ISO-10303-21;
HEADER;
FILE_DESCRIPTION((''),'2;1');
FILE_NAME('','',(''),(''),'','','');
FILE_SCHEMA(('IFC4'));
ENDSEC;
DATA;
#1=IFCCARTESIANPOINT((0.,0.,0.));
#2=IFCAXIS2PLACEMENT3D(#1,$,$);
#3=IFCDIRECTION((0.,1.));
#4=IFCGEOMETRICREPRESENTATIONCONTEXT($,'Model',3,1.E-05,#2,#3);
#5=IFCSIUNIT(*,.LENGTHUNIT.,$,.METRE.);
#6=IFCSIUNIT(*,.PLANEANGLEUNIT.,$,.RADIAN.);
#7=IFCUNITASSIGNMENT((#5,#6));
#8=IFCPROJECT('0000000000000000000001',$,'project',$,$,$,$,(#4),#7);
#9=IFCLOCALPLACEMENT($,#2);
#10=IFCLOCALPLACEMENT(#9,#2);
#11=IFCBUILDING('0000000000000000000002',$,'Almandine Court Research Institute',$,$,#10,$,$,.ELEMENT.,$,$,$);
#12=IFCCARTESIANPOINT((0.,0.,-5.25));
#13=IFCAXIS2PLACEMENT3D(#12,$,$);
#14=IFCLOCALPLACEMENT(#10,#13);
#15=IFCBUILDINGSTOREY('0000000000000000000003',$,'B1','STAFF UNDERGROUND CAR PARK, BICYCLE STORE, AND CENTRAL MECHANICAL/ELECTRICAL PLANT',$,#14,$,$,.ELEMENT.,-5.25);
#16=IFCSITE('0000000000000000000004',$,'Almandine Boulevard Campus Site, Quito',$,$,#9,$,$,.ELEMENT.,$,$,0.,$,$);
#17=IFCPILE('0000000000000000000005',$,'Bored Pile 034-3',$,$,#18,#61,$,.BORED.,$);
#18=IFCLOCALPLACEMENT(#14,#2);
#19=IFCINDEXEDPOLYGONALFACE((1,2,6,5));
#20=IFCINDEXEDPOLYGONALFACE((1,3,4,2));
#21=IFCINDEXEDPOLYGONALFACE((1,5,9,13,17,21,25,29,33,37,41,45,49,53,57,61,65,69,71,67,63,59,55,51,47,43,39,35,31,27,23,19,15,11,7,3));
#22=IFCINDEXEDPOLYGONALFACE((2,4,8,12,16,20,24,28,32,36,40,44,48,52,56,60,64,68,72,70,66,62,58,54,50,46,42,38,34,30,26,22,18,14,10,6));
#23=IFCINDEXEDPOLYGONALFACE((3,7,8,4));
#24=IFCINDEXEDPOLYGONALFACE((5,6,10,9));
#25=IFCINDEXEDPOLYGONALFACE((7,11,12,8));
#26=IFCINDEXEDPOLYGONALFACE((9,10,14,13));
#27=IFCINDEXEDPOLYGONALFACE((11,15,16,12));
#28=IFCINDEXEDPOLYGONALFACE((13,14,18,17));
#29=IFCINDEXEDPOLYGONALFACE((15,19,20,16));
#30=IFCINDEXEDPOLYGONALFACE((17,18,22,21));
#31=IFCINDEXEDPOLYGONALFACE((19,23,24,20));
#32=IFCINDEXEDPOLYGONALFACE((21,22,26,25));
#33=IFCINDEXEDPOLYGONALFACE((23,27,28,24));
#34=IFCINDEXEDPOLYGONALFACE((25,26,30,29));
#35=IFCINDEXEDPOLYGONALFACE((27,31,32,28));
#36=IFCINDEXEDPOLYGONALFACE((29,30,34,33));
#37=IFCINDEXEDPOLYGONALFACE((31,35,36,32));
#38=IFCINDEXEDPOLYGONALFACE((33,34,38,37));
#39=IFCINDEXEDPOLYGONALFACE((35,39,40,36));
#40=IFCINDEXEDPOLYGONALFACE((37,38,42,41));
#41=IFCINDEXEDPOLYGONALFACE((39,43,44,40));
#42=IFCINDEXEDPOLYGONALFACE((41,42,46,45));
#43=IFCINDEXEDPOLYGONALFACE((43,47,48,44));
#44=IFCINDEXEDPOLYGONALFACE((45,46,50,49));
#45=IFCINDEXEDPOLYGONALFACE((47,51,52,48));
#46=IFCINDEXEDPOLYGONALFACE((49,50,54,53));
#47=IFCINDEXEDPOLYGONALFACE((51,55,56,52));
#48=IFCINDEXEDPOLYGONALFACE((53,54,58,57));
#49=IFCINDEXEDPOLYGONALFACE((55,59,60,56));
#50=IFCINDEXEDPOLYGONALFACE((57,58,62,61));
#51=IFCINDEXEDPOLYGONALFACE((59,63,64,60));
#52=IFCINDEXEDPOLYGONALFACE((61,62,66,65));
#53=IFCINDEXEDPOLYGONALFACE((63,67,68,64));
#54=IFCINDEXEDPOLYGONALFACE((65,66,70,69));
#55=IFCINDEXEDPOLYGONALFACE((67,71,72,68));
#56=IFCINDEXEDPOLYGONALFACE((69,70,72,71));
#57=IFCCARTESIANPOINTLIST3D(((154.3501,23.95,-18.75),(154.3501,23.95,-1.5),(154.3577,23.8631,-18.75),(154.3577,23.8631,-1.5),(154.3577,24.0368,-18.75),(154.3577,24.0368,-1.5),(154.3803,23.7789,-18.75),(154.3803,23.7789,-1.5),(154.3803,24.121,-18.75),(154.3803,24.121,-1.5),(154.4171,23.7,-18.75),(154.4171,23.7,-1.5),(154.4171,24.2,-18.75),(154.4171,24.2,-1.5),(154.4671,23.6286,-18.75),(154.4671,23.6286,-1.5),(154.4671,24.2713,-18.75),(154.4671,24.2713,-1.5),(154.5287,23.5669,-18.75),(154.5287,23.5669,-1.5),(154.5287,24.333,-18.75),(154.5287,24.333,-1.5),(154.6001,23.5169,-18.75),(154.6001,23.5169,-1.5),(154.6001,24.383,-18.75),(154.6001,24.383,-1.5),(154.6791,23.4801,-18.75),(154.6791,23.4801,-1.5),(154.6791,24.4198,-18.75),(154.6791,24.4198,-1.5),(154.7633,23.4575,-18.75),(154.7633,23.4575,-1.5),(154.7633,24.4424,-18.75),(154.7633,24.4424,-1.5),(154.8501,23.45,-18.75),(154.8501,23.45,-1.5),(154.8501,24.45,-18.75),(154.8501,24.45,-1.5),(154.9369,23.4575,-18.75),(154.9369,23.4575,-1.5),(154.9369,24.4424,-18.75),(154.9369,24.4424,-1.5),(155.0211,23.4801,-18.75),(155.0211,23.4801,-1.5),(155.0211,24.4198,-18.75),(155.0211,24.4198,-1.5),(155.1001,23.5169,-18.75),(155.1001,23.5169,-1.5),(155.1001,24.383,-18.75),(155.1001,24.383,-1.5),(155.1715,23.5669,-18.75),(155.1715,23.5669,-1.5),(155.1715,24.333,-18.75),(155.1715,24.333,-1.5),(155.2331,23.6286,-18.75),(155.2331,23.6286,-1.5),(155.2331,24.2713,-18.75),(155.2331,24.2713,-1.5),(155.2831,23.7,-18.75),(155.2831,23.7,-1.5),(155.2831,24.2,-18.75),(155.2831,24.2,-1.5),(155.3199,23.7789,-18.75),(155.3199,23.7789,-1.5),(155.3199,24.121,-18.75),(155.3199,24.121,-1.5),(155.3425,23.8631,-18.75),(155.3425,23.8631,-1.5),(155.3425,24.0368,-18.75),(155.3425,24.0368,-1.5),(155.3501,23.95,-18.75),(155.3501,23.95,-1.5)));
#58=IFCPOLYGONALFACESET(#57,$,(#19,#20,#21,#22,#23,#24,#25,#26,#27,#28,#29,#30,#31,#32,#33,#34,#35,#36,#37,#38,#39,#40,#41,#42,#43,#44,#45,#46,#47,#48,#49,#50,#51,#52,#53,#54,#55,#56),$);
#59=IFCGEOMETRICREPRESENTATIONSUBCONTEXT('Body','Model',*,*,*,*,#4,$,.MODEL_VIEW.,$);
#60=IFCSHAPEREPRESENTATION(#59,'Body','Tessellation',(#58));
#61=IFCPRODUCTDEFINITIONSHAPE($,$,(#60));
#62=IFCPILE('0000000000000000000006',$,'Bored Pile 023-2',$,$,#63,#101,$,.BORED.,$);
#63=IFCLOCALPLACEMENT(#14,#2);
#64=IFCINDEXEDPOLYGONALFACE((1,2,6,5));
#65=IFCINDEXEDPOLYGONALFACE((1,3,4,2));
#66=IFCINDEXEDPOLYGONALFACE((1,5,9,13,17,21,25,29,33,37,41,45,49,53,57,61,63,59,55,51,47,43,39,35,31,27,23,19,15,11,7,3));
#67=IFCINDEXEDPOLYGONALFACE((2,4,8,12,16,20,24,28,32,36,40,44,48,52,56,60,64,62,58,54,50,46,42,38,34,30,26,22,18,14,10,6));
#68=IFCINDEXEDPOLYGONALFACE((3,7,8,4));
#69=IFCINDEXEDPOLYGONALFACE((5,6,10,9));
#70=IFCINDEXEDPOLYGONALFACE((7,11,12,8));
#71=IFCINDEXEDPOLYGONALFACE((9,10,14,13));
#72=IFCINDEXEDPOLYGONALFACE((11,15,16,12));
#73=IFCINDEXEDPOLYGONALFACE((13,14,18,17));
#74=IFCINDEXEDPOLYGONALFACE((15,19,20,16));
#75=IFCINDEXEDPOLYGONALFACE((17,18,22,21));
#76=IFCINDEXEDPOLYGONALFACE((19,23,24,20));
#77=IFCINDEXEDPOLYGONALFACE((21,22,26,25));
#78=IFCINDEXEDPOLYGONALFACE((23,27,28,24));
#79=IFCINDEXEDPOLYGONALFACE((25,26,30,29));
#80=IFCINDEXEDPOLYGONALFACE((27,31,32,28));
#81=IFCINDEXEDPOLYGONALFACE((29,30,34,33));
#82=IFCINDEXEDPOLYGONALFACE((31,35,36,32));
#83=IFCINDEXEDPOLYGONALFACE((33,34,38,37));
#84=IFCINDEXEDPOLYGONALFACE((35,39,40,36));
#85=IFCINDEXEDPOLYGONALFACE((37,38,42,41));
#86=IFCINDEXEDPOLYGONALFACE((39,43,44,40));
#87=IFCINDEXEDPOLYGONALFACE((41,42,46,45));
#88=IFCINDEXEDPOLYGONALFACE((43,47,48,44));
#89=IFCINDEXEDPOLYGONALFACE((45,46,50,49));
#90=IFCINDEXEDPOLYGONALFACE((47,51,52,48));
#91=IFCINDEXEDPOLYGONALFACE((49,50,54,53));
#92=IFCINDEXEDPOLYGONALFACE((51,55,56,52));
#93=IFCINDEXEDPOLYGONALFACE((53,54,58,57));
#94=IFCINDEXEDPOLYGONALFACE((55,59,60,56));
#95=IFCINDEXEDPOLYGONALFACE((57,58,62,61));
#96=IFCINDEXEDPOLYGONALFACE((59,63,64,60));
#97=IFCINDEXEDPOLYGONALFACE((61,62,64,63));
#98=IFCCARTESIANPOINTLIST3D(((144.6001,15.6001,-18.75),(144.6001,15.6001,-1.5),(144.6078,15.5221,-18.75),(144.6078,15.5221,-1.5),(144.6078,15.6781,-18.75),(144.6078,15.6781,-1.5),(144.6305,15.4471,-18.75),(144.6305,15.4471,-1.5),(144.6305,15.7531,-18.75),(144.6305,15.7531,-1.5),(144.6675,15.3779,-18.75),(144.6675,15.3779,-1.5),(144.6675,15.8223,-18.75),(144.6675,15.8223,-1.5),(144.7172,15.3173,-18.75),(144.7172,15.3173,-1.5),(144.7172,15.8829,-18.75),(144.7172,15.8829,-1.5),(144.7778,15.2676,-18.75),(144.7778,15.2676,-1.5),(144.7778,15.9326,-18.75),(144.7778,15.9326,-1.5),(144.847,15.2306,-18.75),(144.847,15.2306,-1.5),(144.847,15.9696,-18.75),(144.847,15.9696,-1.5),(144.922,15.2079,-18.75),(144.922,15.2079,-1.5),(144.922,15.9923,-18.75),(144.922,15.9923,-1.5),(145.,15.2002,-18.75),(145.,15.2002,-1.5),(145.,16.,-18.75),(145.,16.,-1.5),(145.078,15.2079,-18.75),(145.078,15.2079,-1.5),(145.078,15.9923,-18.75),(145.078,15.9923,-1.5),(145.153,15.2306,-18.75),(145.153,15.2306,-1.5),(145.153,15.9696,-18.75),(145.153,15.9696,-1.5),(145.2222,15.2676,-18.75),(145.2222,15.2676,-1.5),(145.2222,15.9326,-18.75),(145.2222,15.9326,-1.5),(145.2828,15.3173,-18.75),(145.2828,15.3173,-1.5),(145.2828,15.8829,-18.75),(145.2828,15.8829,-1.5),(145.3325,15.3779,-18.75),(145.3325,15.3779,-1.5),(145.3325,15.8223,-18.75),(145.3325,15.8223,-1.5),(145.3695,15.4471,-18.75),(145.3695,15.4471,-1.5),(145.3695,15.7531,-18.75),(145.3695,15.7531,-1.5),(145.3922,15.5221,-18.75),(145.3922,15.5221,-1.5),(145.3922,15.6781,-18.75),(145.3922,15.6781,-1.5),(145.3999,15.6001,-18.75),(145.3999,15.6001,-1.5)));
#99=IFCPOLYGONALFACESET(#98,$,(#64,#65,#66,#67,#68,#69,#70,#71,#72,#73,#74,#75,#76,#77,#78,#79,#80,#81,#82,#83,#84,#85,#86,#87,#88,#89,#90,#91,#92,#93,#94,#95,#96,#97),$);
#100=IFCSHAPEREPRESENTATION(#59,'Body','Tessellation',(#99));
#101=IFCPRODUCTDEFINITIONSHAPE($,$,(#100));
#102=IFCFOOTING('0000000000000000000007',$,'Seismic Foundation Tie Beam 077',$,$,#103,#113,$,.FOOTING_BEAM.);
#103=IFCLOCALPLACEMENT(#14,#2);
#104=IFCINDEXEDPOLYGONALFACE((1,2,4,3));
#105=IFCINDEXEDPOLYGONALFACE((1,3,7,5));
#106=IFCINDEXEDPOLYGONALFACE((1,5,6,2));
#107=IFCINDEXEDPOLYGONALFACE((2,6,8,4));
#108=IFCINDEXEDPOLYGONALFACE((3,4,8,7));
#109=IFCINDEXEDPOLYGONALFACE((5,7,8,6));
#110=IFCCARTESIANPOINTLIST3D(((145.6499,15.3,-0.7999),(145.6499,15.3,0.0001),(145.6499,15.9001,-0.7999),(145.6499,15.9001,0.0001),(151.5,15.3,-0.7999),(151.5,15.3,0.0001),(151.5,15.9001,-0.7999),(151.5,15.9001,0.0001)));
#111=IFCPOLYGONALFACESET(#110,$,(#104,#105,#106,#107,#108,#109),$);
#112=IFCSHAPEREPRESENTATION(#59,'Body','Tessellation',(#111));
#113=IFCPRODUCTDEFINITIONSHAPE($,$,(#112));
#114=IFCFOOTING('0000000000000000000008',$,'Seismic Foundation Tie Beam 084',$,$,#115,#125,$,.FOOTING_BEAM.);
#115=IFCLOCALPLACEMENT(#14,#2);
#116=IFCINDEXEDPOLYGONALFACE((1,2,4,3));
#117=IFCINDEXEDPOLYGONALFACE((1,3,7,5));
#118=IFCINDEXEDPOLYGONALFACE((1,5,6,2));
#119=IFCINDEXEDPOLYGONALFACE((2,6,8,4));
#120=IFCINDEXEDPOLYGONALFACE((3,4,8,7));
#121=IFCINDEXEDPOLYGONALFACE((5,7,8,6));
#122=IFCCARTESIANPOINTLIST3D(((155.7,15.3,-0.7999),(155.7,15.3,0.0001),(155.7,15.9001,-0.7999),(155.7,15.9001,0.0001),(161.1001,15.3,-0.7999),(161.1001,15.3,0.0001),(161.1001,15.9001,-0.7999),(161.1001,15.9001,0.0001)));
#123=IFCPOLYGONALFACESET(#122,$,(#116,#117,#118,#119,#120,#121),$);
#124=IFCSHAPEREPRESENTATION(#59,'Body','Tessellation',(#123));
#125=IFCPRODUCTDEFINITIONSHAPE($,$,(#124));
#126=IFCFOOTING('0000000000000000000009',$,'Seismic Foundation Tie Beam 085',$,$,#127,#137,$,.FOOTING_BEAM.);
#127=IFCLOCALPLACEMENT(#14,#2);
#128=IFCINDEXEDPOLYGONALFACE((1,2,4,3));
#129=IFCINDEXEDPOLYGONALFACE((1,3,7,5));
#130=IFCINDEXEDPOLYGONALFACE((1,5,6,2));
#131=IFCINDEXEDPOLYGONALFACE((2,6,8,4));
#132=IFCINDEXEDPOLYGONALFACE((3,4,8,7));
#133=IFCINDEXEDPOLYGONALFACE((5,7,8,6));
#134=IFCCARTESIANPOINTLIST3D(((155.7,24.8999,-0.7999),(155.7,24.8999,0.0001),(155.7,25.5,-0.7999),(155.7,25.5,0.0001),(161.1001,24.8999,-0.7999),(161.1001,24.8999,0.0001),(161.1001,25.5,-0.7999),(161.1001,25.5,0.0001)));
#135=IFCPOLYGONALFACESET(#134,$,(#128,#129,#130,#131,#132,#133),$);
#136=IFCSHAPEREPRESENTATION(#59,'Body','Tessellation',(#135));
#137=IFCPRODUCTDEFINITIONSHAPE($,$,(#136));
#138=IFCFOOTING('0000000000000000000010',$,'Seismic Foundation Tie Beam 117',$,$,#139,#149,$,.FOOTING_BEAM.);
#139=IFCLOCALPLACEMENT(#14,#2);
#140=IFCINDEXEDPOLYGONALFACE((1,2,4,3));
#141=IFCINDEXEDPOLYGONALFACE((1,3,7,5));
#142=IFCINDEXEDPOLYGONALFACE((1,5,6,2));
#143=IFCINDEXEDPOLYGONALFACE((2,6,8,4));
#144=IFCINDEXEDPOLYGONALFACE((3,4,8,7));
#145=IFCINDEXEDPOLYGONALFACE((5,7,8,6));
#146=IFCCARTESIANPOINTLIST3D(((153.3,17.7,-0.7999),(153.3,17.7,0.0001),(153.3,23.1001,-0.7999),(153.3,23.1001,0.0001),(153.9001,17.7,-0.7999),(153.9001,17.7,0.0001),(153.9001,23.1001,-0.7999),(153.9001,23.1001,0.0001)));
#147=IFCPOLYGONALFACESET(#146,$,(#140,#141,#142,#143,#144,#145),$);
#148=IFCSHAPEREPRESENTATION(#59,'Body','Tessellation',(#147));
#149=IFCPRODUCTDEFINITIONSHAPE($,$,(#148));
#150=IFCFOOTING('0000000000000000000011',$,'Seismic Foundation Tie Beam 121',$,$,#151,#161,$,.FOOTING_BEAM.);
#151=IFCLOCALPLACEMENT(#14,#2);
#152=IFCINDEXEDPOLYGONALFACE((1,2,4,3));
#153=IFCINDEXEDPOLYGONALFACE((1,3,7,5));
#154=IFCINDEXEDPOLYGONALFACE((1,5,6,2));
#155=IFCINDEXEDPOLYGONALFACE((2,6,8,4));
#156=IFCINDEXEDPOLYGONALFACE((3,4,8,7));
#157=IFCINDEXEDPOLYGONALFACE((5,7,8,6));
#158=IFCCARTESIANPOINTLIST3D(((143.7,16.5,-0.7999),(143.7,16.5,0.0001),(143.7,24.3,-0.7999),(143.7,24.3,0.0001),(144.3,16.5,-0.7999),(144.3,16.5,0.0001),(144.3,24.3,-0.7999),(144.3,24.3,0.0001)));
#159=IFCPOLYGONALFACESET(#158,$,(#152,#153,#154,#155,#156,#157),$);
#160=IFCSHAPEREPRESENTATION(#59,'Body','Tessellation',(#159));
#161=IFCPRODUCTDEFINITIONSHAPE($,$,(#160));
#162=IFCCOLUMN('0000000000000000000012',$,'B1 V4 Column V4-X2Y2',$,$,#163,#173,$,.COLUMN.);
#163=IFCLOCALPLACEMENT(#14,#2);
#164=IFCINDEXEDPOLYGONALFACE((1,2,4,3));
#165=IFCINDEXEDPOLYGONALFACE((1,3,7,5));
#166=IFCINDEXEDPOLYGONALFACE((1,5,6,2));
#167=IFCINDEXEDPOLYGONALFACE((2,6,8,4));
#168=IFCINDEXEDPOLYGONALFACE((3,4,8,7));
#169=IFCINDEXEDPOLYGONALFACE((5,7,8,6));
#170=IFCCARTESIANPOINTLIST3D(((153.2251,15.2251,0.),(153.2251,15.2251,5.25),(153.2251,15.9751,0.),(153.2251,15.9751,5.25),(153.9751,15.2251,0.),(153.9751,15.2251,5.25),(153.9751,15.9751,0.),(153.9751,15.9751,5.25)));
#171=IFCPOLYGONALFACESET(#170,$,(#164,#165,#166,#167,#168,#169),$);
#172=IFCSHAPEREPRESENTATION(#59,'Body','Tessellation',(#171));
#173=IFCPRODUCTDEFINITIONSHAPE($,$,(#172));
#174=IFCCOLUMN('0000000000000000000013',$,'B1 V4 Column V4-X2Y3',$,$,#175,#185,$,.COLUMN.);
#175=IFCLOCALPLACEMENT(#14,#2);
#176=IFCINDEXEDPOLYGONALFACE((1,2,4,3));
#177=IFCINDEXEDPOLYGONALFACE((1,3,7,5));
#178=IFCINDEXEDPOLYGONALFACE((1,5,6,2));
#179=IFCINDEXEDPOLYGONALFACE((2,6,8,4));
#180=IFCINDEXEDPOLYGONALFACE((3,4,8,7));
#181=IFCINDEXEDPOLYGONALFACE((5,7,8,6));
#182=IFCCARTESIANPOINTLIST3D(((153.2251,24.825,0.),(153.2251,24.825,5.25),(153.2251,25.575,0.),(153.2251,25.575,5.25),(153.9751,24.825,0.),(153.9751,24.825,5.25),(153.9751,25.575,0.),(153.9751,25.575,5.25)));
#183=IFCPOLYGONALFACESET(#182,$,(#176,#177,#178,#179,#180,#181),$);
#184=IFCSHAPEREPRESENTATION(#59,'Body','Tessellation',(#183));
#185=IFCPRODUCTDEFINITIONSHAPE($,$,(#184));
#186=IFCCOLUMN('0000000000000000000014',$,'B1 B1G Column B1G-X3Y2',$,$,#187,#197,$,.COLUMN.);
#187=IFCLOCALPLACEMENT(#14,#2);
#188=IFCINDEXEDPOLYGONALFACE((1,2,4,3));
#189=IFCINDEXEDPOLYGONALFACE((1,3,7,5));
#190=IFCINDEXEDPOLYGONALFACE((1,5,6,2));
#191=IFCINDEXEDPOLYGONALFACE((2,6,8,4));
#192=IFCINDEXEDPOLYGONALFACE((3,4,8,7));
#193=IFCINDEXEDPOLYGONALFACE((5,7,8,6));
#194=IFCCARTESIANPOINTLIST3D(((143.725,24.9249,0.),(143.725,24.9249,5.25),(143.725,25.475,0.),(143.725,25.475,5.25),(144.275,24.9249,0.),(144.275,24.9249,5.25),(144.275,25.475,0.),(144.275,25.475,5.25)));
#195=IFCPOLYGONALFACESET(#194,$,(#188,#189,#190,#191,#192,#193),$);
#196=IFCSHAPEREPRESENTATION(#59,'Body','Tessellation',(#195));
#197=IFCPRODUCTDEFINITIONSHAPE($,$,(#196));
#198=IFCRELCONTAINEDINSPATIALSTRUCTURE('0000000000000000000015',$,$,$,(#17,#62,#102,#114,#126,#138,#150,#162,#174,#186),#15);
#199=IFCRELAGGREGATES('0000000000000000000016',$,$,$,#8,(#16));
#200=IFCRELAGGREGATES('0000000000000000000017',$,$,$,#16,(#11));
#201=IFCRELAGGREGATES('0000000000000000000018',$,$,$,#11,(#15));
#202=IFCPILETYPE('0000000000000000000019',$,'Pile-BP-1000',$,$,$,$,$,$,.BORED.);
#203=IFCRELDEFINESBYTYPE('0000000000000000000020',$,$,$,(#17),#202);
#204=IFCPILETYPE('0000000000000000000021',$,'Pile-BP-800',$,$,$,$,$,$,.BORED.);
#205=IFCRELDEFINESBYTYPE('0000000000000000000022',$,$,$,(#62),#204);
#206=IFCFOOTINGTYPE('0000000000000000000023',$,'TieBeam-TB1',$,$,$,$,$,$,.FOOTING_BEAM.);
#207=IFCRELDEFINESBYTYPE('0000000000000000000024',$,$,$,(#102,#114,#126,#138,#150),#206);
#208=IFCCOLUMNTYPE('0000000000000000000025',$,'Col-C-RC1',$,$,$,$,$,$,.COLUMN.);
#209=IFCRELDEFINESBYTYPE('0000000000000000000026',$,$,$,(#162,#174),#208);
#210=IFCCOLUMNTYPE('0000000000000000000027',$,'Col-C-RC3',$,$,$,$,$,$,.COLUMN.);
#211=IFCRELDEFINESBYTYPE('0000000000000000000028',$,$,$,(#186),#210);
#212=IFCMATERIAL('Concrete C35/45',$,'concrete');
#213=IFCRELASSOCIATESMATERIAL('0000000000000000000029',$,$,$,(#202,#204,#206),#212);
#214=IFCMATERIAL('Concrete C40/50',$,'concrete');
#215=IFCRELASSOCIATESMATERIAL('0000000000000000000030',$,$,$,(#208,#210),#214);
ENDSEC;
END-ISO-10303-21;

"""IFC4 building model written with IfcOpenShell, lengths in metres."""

from ifc_helpers import new_model, si_unit, direction, frame, origin, origin_2d, place, context, subcontext, project, spatial, rectangle, circle, extrude, material, material_profile, profile_set, type_object, element, save


model = new_model("IFC4")

# Units and contexts
model_context = context("Model", 3, precision=1e-05, world=origin(), true_north=direction((0.0, 1.0)))
body_context = subcontext(model_context, "Body", "Model", "MODEL_VIEW")
ifc_project = project(units=[si_unit("LENGTHUNIT", "METRE"), si_unit("PLANEANGLEUNIT", "RADIAN")], contexts=[model_context])

# Site, building, storey
site_placement = place(None, origin())
site = spatial("IfcSite", under=ifc_project, at=site_placement, Name="Almandine Boulevard Campus Site, Quito", CompositionType="ELEMENT", RefElevation=0.0)
building_placement = place(site_placement, origin())
building = spatial("IfcBuilding", under=site, at=building_placement, Name="Almandine Court Research Institute", CompositionType="ELEMENT")
storey_placement = place(building_placement, frame((0.0, 0.0, -5.25)))
storey = spatial("IfcBuildingStorey", under=building, at=storey_placement, Name="B1", Description="STAFF UNDERGROUND CAR PARK, BICYCLE STORE, AND CENTRAL MECHANICAL/ELECTRICAL PLANT", CompositionType="ELEMENT", Elevation=-5.25)

# Shared definitions
ifc_material_1 = material(Name="Concrete C35/45", Category="concrete")

# Piles
ifc_material_profile_1 = material_profile(ifc_material_1, circle(Radius=0.5, at=origin_2d()), Name="BORED PILE D1000")
ifc_profile_set_1 = profile_set([ifc_material_profile_1], Name="Concrete C35/45")
pile_type_1 = type_object("IfcPileType", Name="Pile-BP-1000", PredefinedType="BORED", material=ifc_profile_set_1)
for number, where, z_axis, x_axis, name in (
    (1, (154.8501, 23.95, -1.5), (0.0, 0.0, -1.0), (1.0, 0.0, 0.0), "Bored Pile 034-3"),
):
    element("IfcPile", number, at=place(storey_placement, frame(where, z_axis=z_axis, x_axis=x_axis)), inside=storey, type_object=pile_type_1, Name=name, PredefinedType="BORED", context=body_context, shape_type="SweptSolid", body=[
        extrude(circle(Radius=0.5, at=origin_2d()), origin(), (0.0, 0.0, 1.0), 17.25),
    ])
ifc_material_profile_2 = material_profile(ifc_material_1, circle(Radius=0.3999, at=origin_2d()), Name="BORED PILE D800")
ifc_profile_set_2 = profile_set([ifc_material_profile_2], Name="Concrete C35/45")
pile_type_2 = type_object("IfcPileType", Name="Pile-BP-800", PredefinedType="BORED", material=ifc_profile_set_2)
pile_placement = place(storey_placement, frame((145.0, 15.6001, -1.5), z_axis=(0.0, 0.0, -1.0), x_axis=(1.0, 0.0, 0.0)))
element("IfcPile", 2, at=pile_placement, inside=storey, type_object=pile_type_2, Name="Bored Pile 023-2", PredefinedType="BORED", context=body_context, shape_type="SweptSolid", body=[
    extrude(circle(Radius=0.3999, at=origin_2d()), origin(), (0.0, 0.0, 1.0), 17.25),
])

# Footings
ifc_material_profile_3 = material_profile(ifc_material_1, rectangle(XDim=0.6001, YDim=0.8, at=origin_2d()), Name="RC TIE 600x800")
ifc_profile_set_3 = profile_set([ifc_material_profile_3], Name="Concrete C35/45")
footing_type_1 = type_object("IfcFootingType", Name="TieBeam-TB1", PredefinedType="FOOTING_BEAM", material=ifc_profile_set_3)
footing_1_placement = place(storey_placement, frame((145.6499, 15.6001, -0.3999), z_axis=(1.0, 0.0, 0.0), x_axis=(0.0, 1.0, 0.0)))
element("IfcFooting", 3, at=footing_1_placement, inside=storey, type_object=footing_type_1, Name="Seismic Foundation Tie Beam 077", PredefinedType="FOOTING_BEAM", context=body_context, shape_type="SweptSolid", body=[
    extrude(rectangle(XDim=0.6001, YDim=0.8, at=origin_2d()), origin(), (0.0, 0.0, 1.0), 5.8501),
])
for number, where, z_axis, x_axis, name in (
    (4, (155.7, 15.6001, -0.3999), (1.0, 0.0, 0.0), (0.0, 1.0, 0.0), "Seismic Foundation Tie Beam 084"),
    (5, (155.7, 25.2, -0.3999), (1.0, 0.0, 0.0), (0.0, 1.0, 0.0), "Seismic Foundation Tie Beam 085"),
    (6, (153.6001, 17.7, -0.3999), (0.0, 1.0, 0.0), (-1.0, 0.0, 0.0), "Seismic Foundation Tie Beam 117"),
):
    element("IfcFooting", number, at=place(storey_placement, frame(where, z_axis=z_axis, x_axis=x_axis)), inside=storey, type_object=footing_type_1, Name=name, PredefinedType="FOOTING_BEAM", context=body_context, shape_type="SweptSolid", body=[
        extrude(rectangle(XDim=0.6001, YDim=0.8, at=origin_2d()), origin(), (0.0, 0.0, 1.0), 5.4001),
    ])
footing_2_placement = place(storey_placement, frame((144.0, 16.5, -0.3999), z_axis=(0.0, 1.0, 0.0), x_axis=(-1.0, 0.0, 0.0)))
element("IfcFooting", 7, at=footing_2_placement, inside=storey, type_object=footing_type_1, Name="Seismic Foundation Tie Beam 121", PredefinedType="FOOTING_BEAM", context=body_context, shape_type="SweptSolid", body=[
    extrude(rectangle(XDim=0.6001, YDim=0.8, at=origin_2d()), origin(), (0.0, 0.0, 1.0), 7.8),
])

# Columns
ifc_material_2 = material(Name="Concrete C40/50", Category="concrete")
ifc_material_profile_4 = material_profile(ifc_material_2, rectangle(XDim=0.75, YDim=0.75, at=origin_2d()), Name="RC 750x750")
ifc_profile_set_4 = profile_set([ifc_material_profile_4], Name="Concrete C40/50")
column_type_1 = type_object("IfcColumnType", Name="Col-C-RC1", PredefinedType="COLUMN", material=ifc_profile_set_4)
for number, where, z_axis, x_axis, name in (
    (8, (153.6001, 15.6001, 0.0), (0.0, 0.0, 1.0), (1.0, 0.0, 0.0), "B1 V4 Column V4-X2Y2"),
    (9, (153.6001, 25.2, 0.0), (0.0, 0.0, 1.0), (1.0, 0.0, 0.0), "B1 V4 Column V4-X2Y3"),
):
    element("IfcColumn", number, at=place(storey_placement, frame(where, z_axis=z_axis, x_axis=x_axis)), inside=storey, type_object=column_type_1, Name=name, PredefinedType="COLUMN", context=body_context, shape_type="SweptSolid", body=[
        extrude(rectangle(XDim=0.75, YDim=0.75, at=origin_2d()), origin(), (0.0, 0.0, 1.0), 5.25),
    ])
ifc_material_profile_5 = material_profile(ifc_material_2, rectangle(XDim=0.55, YDim=0.55, at=origin_2d()), Name="RC 550x550")
ifc_profile_set_5 = profile_set([ifc_material_profile_5], Name="Concrete C40/50")
column_type_2 = type_object("IfcColumnType", Name="Col-C-RC3", PredefinedType="COLUMN", material=ifc_profile_set_5)
column_placement = place(storey_placement, frame((144.0, 25.2, 0.0), z_axis=(0.0, 0.0, 1.0), x_axis=(1.0, 0.0, 0.0)))
element("IfcColumn", 10, at=column_placement, inside=storey, type_object=column_type_2, Name="B1 B1G Column B1G-X3Y2", PredefinedType="COLUMN", context=body_context, shape_type="SweptSolid", body=[
    extrude(rectangle(XDim=0.55, YDim=0.55, at=origin_2d()), origin(), (0.0, 0.0, 1.0), 5.25),
])

save(model, "model.ifc")
